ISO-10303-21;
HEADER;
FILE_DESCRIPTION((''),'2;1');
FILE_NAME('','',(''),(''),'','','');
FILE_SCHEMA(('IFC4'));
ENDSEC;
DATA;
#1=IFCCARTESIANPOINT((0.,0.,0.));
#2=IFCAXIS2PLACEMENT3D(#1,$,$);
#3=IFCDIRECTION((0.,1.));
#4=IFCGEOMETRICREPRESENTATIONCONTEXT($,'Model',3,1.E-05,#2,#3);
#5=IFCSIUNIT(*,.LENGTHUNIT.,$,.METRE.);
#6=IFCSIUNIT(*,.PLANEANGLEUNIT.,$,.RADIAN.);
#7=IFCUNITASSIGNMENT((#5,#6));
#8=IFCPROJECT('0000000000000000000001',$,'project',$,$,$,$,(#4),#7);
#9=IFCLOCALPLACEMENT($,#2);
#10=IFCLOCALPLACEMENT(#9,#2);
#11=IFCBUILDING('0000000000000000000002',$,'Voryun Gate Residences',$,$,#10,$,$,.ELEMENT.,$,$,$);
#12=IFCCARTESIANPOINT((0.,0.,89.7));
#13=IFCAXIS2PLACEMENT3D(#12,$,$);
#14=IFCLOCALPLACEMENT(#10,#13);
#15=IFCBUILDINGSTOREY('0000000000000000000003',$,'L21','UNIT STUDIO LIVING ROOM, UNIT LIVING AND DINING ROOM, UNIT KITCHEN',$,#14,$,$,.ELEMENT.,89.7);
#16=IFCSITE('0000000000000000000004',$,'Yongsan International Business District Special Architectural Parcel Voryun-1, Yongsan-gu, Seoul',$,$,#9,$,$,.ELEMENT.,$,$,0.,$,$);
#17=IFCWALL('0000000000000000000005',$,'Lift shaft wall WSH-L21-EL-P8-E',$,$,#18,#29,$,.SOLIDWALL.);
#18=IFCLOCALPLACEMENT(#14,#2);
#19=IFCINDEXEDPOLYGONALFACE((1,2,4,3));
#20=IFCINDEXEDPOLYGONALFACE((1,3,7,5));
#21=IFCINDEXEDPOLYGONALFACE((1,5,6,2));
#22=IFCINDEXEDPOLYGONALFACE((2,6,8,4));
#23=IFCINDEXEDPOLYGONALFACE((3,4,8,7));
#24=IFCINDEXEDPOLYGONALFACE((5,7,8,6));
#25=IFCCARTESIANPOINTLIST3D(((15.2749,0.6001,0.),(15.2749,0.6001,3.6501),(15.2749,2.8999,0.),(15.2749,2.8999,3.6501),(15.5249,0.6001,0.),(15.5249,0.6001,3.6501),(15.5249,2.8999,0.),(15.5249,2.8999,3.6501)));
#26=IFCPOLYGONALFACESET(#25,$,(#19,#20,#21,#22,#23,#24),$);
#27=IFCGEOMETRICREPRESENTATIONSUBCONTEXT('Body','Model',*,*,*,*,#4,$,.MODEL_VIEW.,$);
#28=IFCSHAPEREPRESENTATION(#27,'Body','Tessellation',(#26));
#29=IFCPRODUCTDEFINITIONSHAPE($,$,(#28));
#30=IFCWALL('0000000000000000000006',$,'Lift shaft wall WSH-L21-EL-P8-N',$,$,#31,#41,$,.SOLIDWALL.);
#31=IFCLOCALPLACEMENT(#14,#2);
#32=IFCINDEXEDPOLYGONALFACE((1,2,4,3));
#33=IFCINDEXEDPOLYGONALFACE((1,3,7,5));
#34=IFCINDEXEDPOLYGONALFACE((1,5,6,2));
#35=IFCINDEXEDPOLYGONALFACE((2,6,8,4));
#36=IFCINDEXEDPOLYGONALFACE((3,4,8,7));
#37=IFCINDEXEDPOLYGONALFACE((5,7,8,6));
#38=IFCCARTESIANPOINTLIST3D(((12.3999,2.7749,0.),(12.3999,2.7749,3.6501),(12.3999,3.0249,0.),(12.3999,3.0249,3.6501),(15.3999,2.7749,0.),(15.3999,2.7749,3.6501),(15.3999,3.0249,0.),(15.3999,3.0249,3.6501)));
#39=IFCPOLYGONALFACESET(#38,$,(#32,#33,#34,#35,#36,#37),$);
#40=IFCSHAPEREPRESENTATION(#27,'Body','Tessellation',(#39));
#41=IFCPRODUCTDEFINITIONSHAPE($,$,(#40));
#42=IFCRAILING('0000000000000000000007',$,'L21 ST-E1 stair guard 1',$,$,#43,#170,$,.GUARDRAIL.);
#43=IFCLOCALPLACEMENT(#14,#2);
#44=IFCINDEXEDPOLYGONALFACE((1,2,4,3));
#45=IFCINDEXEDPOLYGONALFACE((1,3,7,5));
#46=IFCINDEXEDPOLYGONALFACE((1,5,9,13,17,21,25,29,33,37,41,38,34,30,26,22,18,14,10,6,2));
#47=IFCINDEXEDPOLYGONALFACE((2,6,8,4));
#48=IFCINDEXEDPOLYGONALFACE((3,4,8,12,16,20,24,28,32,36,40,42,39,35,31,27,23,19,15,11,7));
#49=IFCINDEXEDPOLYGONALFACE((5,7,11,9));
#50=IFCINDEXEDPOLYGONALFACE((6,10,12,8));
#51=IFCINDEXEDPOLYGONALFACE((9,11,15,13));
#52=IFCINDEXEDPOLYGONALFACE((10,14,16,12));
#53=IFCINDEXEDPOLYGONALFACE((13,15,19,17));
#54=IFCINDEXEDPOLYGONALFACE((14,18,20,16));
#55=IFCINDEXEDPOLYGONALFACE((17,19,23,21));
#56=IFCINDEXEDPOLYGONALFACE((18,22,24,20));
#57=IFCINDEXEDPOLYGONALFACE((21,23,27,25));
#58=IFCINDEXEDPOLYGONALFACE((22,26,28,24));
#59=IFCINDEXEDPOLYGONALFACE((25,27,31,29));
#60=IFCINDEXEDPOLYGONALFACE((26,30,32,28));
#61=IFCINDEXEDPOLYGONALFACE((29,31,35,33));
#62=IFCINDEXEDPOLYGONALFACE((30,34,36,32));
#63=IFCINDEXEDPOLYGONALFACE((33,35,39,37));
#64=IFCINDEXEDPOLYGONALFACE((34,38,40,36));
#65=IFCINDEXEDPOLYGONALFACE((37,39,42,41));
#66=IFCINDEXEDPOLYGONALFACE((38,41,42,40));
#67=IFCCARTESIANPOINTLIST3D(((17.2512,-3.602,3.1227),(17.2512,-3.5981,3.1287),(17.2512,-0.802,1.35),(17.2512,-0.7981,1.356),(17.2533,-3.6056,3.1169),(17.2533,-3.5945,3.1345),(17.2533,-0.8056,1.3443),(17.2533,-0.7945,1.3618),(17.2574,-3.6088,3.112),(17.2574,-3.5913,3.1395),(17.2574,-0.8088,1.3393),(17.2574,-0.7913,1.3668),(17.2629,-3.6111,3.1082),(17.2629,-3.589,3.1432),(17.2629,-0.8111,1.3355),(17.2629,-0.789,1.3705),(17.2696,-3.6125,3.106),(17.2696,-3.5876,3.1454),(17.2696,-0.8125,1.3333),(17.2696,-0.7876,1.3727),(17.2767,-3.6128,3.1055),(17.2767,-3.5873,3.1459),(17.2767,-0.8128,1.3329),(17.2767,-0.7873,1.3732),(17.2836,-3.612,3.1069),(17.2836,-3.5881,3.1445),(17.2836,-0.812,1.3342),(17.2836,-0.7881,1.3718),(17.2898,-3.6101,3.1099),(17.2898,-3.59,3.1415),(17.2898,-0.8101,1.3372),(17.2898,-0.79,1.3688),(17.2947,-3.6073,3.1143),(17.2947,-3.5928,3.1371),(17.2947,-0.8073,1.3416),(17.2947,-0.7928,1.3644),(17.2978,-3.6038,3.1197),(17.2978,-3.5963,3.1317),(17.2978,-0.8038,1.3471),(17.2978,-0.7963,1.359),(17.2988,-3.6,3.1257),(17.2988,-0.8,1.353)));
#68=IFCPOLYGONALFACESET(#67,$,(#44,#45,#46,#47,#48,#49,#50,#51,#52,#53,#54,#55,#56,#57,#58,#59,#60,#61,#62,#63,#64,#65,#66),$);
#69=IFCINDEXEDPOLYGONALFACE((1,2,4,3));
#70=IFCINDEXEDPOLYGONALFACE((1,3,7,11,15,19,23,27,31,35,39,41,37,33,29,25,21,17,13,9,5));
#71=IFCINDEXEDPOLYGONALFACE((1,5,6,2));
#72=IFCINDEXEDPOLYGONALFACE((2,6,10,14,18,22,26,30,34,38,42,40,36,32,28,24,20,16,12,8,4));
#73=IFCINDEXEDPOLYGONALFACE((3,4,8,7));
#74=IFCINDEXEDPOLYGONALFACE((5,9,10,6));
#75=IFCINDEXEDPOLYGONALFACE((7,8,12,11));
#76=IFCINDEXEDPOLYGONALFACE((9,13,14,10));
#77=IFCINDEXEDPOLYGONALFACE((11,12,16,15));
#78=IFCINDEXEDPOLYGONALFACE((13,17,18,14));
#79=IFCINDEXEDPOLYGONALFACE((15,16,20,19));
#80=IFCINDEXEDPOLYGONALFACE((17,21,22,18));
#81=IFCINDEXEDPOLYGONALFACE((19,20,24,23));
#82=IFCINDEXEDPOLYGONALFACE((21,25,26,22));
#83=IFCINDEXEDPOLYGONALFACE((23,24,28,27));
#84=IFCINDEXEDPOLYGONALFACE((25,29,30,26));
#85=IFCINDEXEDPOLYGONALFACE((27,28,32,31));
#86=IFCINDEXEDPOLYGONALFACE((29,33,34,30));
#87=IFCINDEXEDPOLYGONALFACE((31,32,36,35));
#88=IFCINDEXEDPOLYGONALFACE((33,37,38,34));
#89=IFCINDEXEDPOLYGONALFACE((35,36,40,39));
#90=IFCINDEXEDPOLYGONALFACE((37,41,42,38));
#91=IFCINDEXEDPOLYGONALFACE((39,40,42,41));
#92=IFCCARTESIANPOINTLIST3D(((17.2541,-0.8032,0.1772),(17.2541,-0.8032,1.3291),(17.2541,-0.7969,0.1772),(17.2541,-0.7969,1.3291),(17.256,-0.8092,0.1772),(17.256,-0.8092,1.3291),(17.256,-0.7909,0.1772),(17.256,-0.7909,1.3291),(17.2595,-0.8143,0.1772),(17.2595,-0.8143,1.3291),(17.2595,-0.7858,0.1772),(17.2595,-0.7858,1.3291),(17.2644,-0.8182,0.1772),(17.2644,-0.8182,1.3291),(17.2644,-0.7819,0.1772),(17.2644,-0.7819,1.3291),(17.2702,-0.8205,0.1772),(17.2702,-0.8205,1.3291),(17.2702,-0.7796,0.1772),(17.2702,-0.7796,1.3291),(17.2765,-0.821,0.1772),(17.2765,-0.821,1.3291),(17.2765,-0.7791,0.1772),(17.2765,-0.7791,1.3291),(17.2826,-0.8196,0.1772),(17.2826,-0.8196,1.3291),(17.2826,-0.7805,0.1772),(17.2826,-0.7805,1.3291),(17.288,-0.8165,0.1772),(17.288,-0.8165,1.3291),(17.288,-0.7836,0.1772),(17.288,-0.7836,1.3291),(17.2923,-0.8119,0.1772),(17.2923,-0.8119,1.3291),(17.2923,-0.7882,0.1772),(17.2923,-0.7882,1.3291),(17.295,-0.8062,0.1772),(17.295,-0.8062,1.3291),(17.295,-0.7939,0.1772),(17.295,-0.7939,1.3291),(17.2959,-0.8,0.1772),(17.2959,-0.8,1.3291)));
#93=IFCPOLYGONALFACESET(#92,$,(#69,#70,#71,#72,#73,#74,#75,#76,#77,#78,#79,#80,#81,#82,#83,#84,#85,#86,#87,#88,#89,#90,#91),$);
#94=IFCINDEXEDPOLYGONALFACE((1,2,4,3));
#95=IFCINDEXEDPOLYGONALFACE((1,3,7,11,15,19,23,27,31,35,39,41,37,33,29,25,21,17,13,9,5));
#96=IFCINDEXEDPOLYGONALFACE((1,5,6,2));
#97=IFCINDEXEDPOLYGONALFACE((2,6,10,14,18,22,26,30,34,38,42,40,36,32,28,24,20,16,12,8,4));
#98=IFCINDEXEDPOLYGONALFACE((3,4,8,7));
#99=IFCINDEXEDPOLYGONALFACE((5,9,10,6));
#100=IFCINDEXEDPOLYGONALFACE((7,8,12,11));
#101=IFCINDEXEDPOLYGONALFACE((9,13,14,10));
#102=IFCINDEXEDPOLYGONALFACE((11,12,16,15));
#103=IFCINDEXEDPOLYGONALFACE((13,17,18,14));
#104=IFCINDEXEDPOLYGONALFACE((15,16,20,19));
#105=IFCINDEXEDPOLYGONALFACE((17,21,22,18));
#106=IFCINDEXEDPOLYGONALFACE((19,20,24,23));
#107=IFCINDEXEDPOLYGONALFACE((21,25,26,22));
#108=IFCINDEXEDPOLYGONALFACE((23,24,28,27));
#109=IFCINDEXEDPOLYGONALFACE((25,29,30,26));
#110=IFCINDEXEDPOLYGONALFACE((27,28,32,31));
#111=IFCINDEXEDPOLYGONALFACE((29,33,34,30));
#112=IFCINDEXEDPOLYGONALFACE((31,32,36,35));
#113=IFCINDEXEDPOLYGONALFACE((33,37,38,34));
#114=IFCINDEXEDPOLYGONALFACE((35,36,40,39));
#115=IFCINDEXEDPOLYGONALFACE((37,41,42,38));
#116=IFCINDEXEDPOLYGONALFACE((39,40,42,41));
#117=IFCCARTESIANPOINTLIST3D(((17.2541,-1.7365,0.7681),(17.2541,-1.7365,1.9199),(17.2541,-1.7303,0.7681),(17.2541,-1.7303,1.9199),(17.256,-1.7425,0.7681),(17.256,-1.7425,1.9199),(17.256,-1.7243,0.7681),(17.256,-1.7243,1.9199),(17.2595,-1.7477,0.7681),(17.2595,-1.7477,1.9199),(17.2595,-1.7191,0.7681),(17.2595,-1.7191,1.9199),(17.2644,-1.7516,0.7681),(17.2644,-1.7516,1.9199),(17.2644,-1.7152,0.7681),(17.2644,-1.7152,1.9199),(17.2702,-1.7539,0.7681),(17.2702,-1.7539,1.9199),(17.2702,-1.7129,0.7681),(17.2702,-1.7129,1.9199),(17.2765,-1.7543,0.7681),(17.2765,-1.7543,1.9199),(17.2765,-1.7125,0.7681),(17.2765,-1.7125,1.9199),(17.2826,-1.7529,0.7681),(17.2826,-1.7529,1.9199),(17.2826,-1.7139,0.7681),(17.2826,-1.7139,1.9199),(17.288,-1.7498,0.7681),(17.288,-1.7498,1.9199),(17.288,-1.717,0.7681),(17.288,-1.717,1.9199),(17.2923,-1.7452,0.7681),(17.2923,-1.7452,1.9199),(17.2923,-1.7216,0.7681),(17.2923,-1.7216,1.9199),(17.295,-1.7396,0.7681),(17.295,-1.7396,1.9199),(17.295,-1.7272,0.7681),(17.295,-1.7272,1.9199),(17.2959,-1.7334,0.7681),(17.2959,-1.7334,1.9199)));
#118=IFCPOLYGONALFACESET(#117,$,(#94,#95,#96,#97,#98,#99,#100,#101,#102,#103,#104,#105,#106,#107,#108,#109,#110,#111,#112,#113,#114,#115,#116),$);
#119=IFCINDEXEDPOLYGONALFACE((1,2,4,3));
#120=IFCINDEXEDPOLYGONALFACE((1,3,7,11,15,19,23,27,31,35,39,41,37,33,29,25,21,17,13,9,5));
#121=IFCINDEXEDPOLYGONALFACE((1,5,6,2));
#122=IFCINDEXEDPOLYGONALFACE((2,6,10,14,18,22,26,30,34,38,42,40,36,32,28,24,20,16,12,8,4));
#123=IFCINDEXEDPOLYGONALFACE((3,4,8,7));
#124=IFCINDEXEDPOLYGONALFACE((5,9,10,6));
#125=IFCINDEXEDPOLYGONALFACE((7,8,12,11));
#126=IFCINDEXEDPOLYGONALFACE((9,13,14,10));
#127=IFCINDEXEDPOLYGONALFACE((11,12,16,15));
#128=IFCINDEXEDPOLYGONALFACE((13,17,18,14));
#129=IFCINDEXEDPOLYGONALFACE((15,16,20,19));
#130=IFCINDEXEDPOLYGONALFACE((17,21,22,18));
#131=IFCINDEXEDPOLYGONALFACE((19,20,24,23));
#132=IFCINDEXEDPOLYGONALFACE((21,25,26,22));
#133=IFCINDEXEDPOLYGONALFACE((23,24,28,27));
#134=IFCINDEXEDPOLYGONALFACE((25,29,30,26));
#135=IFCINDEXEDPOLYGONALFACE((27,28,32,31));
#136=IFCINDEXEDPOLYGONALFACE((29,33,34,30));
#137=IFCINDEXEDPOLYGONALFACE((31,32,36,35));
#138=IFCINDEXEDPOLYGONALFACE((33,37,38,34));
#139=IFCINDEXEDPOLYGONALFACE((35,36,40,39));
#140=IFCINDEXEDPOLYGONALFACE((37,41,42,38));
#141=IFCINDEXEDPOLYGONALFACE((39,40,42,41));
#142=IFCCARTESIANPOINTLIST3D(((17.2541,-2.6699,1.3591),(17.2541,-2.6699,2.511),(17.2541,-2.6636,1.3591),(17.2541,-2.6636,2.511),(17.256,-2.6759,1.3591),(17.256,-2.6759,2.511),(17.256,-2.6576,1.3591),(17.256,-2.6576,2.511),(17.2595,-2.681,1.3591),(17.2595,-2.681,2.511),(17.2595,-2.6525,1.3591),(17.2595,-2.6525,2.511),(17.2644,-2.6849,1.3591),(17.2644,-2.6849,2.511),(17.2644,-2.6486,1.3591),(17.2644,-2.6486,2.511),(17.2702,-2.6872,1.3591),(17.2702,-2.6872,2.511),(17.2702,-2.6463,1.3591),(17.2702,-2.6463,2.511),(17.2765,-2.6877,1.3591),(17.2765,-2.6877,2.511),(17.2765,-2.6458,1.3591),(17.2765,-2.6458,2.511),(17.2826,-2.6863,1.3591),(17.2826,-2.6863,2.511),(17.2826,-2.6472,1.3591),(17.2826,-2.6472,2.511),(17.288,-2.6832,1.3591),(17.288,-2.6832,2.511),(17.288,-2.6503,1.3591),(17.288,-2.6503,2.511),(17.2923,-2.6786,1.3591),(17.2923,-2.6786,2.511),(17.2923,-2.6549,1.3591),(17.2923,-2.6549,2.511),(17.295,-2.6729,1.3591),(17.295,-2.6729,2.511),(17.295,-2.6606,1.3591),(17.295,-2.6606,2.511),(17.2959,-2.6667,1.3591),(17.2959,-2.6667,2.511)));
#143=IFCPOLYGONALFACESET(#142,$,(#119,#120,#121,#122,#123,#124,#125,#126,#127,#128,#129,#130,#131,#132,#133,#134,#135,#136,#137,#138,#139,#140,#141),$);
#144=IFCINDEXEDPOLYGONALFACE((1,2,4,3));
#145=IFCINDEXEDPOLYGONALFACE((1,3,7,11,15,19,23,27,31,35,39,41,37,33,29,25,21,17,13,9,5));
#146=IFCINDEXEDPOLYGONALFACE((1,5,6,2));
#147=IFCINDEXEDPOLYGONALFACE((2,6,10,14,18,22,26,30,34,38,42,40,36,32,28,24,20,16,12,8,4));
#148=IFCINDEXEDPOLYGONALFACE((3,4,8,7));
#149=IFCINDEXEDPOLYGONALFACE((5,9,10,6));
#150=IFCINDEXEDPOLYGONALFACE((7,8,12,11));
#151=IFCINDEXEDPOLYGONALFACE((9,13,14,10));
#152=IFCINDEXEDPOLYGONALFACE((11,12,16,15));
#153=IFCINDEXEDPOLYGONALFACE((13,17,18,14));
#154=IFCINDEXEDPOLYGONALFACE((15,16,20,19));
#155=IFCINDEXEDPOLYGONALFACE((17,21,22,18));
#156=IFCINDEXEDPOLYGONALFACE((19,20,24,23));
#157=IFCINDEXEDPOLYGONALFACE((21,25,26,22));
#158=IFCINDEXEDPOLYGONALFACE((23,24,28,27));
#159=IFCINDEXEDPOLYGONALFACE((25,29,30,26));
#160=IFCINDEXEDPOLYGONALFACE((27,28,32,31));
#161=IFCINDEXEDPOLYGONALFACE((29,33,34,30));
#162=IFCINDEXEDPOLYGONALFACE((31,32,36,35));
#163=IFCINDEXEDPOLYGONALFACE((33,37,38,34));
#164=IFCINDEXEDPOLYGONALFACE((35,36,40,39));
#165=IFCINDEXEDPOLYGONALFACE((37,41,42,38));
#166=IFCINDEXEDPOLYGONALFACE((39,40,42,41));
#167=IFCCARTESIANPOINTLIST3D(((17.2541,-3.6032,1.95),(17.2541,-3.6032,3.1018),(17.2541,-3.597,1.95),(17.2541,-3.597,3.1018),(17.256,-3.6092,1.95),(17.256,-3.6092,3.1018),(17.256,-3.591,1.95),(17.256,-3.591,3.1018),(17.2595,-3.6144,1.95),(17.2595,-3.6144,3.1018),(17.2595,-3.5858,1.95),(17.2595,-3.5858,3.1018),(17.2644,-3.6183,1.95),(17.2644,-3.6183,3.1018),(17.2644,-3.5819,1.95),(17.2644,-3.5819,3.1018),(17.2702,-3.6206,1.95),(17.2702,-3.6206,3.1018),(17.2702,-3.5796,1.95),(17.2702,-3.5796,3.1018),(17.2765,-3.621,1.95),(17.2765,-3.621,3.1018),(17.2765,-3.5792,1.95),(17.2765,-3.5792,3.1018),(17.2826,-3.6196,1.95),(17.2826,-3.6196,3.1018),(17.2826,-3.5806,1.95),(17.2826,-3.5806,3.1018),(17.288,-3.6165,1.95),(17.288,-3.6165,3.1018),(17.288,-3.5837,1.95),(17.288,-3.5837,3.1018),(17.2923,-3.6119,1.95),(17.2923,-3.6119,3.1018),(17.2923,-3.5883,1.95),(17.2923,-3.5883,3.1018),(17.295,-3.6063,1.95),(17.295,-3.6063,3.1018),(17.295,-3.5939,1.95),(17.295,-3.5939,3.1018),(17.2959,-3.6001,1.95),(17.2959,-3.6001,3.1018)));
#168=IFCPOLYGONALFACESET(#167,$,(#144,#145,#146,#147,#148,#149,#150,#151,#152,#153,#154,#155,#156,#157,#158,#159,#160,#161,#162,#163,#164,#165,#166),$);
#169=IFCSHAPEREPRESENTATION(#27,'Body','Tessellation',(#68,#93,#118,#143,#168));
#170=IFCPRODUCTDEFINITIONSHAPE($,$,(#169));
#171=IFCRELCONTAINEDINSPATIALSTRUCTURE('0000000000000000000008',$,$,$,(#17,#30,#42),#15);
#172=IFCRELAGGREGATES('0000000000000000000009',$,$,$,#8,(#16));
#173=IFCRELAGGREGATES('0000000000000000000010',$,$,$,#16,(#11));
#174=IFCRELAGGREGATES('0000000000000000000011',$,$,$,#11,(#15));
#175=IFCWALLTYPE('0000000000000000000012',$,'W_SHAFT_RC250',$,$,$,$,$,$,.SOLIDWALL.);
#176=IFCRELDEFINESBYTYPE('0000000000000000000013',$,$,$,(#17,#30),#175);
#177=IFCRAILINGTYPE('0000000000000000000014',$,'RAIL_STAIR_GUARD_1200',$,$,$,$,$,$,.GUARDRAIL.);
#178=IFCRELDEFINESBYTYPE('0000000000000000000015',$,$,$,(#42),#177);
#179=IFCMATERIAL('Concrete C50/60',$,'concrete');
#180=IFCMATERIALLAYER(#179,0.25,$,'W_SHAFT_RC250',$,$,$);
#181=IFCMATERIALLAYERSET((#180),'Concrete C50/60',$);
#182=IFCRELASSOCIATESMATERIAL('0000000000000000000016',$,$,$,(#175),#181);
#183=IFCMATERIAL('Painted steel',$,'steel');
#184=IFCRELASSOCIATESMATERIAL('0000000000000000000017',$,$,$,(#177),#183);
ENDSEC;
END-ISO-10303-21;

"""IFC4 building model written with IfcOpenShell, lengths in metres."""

from ifc_helpers import new_model, si_unit, direction, frame, frame_2d, origin, origin_2d, place, context, subcontext, project, spatial, rectangle, circle, extrude, material, layer, layer_set, type_object, element, save


model = new_model("IFC4")

# Units and contexts
model_context = context("Model", 3, precision=1e-05, world=origin(), true_north=direction((0.0, 1.0)))
body_context = subcontext(model_context, "Body", "Model", "MODEL_VIEW")
ifc_project = project(units=[si_unit("LENGTHUNIT", "METRE"), si_unit("PLANEANGLEUNIT", "RADIAN")], contexts=[model_context])

# Site, building, storey
site_placement = place(None, origin())
site = spatial("IfcSite", under=ifc_project, at=site_placement, Name="Yongsan International Business District Special Architectural Parcel Voryun-1, Yongsan-gu, Seoul", CompositionType="ELEMENT", RefElevation=0.0)
building_placement = place(site_placement, origin())
building = spatial("IfcBuilding", under=site, at=building_placement, Name="Voryun Gate Residences", CompositionType="ELEMENT")
storey_placement = place(building_placement, frame((0.0, 0.0, 89.7)))
storey = spatial("IfcBuildingStorey", under=building, at=storey_placement, Name="L21", Description="UNIT STUDIO LIVING ROOM, UNIT LIVING AND DINING ROOM, UNIT KITCHEN", CompositionType="ELEMENT", Elevation=89.7)

# Walls
ifc_material_1 = material(Name="Concrete C50/60", Category="concrete")
ifc_layer_1 = layer(ifc_material_1, 0.25, Name="W_SHAFT_RC250")
ifc_layer_set_1 = layer_set([ifc_layer_1], Name="Concrete C50/60")
wall_type_1 = type_object("IfcWallType", Name="W_SHAFT_RC250", PredefinedType="SOLIDWALL", material=ifc_layer_set_1)
wall_1_placement = place(storey_placement, frame((15.3999, 0.6001, 0.0), z_axis=(0.0, 0.0, 1.0), x_axis=(0.0, 1.0, 0.0)))
element("IfcWall", 1, at=wall_1_placement, inside=storey, type_object=wall_type_1, Name="Lift shaft wall WSH-L21-EL-P8-E", PredefinedType="SOLIDWALL", context=body_context, shape_type="SweptSolid", body=[
    extrude(rectangle(XDim=2.2998, YDim=0.25, at=frame_2d((1.1499, 0.0))), origin(), (0.0, 0.0, 1.0), 3.6501),
])
wall_2_placement = place(storey_placement, frame((15.3999, 2.8999, 0.0), z_axis=(0.0, 0.0, 1.0), x_axis=(-1.0, 0.0, 0.0)))
element("IfcWall", 2, at=wall_2_placement, inside=storey, type_object=wall_type_1, Name="Lift shaft wall WSH-L21-EL-P8-N", PredefinedType="SOLIDWALL", context=body_context, shape_type="SweptSolid", body=[
    extrude(rectangle(XDim=3.0, YDim=0.25, at=frame_2d((1.5, 0.0))), origin(), (0.0, 0.0, 1.0), 3.6501),
])

# Railing
ifc_material_2 = material(Name="Painted steel", Category="steel")
railing_type = type_object("IfcRailingType", Name="RAIL_STAIR_GUARD_1200", PredefinedType="GUARDRAIL", material=ifc_material_2)
railing_1_placement = place(storey_placement, frame((17.2749, -0.8, 0.1772)))
element("IfcRailing", 3, at=railing_1_placement, inside=storey, type_object=railing_type, Name="L21 ST-E1 stair guard 1", PredefinedType="GUARDRAIL", context=body_context, shape_type="SweptSolid", body=[
    extrude(circle(Radius=0.0239, at=origin_2d()), frame((0.0, 0.0, 1.1758), z_axis=(0.0, -0.844909, 0.53491), x_axis=(1.0, 0.0, 0.0)), (0.0, 0.0, 1.0), 3.314),
    extrude(circle(Radius=0.021, at=origin_2d()), origin(), (0.0, 0.0, 1.0), 1.1519),
    extrude(circle(Radius=0.021, at=origin_2d()), frame((0.0, -0.9333, 0.5908)), (0.0, 0.0, 1.0), 1.1519),
    extrude(circle(Radius=0.021, at=origin_2d()), frame((0.0, -1.8667, 1.1819)), (0.0, 0.0, 1.0), 1.1519),
    extrude(circle(Radius=0.021, at=origin_2d()), frame((0.0, -2.8, 1.7727)), (0.0, 0.0, 1.0), 1.1519),
])

save(model, "model.ifc")
